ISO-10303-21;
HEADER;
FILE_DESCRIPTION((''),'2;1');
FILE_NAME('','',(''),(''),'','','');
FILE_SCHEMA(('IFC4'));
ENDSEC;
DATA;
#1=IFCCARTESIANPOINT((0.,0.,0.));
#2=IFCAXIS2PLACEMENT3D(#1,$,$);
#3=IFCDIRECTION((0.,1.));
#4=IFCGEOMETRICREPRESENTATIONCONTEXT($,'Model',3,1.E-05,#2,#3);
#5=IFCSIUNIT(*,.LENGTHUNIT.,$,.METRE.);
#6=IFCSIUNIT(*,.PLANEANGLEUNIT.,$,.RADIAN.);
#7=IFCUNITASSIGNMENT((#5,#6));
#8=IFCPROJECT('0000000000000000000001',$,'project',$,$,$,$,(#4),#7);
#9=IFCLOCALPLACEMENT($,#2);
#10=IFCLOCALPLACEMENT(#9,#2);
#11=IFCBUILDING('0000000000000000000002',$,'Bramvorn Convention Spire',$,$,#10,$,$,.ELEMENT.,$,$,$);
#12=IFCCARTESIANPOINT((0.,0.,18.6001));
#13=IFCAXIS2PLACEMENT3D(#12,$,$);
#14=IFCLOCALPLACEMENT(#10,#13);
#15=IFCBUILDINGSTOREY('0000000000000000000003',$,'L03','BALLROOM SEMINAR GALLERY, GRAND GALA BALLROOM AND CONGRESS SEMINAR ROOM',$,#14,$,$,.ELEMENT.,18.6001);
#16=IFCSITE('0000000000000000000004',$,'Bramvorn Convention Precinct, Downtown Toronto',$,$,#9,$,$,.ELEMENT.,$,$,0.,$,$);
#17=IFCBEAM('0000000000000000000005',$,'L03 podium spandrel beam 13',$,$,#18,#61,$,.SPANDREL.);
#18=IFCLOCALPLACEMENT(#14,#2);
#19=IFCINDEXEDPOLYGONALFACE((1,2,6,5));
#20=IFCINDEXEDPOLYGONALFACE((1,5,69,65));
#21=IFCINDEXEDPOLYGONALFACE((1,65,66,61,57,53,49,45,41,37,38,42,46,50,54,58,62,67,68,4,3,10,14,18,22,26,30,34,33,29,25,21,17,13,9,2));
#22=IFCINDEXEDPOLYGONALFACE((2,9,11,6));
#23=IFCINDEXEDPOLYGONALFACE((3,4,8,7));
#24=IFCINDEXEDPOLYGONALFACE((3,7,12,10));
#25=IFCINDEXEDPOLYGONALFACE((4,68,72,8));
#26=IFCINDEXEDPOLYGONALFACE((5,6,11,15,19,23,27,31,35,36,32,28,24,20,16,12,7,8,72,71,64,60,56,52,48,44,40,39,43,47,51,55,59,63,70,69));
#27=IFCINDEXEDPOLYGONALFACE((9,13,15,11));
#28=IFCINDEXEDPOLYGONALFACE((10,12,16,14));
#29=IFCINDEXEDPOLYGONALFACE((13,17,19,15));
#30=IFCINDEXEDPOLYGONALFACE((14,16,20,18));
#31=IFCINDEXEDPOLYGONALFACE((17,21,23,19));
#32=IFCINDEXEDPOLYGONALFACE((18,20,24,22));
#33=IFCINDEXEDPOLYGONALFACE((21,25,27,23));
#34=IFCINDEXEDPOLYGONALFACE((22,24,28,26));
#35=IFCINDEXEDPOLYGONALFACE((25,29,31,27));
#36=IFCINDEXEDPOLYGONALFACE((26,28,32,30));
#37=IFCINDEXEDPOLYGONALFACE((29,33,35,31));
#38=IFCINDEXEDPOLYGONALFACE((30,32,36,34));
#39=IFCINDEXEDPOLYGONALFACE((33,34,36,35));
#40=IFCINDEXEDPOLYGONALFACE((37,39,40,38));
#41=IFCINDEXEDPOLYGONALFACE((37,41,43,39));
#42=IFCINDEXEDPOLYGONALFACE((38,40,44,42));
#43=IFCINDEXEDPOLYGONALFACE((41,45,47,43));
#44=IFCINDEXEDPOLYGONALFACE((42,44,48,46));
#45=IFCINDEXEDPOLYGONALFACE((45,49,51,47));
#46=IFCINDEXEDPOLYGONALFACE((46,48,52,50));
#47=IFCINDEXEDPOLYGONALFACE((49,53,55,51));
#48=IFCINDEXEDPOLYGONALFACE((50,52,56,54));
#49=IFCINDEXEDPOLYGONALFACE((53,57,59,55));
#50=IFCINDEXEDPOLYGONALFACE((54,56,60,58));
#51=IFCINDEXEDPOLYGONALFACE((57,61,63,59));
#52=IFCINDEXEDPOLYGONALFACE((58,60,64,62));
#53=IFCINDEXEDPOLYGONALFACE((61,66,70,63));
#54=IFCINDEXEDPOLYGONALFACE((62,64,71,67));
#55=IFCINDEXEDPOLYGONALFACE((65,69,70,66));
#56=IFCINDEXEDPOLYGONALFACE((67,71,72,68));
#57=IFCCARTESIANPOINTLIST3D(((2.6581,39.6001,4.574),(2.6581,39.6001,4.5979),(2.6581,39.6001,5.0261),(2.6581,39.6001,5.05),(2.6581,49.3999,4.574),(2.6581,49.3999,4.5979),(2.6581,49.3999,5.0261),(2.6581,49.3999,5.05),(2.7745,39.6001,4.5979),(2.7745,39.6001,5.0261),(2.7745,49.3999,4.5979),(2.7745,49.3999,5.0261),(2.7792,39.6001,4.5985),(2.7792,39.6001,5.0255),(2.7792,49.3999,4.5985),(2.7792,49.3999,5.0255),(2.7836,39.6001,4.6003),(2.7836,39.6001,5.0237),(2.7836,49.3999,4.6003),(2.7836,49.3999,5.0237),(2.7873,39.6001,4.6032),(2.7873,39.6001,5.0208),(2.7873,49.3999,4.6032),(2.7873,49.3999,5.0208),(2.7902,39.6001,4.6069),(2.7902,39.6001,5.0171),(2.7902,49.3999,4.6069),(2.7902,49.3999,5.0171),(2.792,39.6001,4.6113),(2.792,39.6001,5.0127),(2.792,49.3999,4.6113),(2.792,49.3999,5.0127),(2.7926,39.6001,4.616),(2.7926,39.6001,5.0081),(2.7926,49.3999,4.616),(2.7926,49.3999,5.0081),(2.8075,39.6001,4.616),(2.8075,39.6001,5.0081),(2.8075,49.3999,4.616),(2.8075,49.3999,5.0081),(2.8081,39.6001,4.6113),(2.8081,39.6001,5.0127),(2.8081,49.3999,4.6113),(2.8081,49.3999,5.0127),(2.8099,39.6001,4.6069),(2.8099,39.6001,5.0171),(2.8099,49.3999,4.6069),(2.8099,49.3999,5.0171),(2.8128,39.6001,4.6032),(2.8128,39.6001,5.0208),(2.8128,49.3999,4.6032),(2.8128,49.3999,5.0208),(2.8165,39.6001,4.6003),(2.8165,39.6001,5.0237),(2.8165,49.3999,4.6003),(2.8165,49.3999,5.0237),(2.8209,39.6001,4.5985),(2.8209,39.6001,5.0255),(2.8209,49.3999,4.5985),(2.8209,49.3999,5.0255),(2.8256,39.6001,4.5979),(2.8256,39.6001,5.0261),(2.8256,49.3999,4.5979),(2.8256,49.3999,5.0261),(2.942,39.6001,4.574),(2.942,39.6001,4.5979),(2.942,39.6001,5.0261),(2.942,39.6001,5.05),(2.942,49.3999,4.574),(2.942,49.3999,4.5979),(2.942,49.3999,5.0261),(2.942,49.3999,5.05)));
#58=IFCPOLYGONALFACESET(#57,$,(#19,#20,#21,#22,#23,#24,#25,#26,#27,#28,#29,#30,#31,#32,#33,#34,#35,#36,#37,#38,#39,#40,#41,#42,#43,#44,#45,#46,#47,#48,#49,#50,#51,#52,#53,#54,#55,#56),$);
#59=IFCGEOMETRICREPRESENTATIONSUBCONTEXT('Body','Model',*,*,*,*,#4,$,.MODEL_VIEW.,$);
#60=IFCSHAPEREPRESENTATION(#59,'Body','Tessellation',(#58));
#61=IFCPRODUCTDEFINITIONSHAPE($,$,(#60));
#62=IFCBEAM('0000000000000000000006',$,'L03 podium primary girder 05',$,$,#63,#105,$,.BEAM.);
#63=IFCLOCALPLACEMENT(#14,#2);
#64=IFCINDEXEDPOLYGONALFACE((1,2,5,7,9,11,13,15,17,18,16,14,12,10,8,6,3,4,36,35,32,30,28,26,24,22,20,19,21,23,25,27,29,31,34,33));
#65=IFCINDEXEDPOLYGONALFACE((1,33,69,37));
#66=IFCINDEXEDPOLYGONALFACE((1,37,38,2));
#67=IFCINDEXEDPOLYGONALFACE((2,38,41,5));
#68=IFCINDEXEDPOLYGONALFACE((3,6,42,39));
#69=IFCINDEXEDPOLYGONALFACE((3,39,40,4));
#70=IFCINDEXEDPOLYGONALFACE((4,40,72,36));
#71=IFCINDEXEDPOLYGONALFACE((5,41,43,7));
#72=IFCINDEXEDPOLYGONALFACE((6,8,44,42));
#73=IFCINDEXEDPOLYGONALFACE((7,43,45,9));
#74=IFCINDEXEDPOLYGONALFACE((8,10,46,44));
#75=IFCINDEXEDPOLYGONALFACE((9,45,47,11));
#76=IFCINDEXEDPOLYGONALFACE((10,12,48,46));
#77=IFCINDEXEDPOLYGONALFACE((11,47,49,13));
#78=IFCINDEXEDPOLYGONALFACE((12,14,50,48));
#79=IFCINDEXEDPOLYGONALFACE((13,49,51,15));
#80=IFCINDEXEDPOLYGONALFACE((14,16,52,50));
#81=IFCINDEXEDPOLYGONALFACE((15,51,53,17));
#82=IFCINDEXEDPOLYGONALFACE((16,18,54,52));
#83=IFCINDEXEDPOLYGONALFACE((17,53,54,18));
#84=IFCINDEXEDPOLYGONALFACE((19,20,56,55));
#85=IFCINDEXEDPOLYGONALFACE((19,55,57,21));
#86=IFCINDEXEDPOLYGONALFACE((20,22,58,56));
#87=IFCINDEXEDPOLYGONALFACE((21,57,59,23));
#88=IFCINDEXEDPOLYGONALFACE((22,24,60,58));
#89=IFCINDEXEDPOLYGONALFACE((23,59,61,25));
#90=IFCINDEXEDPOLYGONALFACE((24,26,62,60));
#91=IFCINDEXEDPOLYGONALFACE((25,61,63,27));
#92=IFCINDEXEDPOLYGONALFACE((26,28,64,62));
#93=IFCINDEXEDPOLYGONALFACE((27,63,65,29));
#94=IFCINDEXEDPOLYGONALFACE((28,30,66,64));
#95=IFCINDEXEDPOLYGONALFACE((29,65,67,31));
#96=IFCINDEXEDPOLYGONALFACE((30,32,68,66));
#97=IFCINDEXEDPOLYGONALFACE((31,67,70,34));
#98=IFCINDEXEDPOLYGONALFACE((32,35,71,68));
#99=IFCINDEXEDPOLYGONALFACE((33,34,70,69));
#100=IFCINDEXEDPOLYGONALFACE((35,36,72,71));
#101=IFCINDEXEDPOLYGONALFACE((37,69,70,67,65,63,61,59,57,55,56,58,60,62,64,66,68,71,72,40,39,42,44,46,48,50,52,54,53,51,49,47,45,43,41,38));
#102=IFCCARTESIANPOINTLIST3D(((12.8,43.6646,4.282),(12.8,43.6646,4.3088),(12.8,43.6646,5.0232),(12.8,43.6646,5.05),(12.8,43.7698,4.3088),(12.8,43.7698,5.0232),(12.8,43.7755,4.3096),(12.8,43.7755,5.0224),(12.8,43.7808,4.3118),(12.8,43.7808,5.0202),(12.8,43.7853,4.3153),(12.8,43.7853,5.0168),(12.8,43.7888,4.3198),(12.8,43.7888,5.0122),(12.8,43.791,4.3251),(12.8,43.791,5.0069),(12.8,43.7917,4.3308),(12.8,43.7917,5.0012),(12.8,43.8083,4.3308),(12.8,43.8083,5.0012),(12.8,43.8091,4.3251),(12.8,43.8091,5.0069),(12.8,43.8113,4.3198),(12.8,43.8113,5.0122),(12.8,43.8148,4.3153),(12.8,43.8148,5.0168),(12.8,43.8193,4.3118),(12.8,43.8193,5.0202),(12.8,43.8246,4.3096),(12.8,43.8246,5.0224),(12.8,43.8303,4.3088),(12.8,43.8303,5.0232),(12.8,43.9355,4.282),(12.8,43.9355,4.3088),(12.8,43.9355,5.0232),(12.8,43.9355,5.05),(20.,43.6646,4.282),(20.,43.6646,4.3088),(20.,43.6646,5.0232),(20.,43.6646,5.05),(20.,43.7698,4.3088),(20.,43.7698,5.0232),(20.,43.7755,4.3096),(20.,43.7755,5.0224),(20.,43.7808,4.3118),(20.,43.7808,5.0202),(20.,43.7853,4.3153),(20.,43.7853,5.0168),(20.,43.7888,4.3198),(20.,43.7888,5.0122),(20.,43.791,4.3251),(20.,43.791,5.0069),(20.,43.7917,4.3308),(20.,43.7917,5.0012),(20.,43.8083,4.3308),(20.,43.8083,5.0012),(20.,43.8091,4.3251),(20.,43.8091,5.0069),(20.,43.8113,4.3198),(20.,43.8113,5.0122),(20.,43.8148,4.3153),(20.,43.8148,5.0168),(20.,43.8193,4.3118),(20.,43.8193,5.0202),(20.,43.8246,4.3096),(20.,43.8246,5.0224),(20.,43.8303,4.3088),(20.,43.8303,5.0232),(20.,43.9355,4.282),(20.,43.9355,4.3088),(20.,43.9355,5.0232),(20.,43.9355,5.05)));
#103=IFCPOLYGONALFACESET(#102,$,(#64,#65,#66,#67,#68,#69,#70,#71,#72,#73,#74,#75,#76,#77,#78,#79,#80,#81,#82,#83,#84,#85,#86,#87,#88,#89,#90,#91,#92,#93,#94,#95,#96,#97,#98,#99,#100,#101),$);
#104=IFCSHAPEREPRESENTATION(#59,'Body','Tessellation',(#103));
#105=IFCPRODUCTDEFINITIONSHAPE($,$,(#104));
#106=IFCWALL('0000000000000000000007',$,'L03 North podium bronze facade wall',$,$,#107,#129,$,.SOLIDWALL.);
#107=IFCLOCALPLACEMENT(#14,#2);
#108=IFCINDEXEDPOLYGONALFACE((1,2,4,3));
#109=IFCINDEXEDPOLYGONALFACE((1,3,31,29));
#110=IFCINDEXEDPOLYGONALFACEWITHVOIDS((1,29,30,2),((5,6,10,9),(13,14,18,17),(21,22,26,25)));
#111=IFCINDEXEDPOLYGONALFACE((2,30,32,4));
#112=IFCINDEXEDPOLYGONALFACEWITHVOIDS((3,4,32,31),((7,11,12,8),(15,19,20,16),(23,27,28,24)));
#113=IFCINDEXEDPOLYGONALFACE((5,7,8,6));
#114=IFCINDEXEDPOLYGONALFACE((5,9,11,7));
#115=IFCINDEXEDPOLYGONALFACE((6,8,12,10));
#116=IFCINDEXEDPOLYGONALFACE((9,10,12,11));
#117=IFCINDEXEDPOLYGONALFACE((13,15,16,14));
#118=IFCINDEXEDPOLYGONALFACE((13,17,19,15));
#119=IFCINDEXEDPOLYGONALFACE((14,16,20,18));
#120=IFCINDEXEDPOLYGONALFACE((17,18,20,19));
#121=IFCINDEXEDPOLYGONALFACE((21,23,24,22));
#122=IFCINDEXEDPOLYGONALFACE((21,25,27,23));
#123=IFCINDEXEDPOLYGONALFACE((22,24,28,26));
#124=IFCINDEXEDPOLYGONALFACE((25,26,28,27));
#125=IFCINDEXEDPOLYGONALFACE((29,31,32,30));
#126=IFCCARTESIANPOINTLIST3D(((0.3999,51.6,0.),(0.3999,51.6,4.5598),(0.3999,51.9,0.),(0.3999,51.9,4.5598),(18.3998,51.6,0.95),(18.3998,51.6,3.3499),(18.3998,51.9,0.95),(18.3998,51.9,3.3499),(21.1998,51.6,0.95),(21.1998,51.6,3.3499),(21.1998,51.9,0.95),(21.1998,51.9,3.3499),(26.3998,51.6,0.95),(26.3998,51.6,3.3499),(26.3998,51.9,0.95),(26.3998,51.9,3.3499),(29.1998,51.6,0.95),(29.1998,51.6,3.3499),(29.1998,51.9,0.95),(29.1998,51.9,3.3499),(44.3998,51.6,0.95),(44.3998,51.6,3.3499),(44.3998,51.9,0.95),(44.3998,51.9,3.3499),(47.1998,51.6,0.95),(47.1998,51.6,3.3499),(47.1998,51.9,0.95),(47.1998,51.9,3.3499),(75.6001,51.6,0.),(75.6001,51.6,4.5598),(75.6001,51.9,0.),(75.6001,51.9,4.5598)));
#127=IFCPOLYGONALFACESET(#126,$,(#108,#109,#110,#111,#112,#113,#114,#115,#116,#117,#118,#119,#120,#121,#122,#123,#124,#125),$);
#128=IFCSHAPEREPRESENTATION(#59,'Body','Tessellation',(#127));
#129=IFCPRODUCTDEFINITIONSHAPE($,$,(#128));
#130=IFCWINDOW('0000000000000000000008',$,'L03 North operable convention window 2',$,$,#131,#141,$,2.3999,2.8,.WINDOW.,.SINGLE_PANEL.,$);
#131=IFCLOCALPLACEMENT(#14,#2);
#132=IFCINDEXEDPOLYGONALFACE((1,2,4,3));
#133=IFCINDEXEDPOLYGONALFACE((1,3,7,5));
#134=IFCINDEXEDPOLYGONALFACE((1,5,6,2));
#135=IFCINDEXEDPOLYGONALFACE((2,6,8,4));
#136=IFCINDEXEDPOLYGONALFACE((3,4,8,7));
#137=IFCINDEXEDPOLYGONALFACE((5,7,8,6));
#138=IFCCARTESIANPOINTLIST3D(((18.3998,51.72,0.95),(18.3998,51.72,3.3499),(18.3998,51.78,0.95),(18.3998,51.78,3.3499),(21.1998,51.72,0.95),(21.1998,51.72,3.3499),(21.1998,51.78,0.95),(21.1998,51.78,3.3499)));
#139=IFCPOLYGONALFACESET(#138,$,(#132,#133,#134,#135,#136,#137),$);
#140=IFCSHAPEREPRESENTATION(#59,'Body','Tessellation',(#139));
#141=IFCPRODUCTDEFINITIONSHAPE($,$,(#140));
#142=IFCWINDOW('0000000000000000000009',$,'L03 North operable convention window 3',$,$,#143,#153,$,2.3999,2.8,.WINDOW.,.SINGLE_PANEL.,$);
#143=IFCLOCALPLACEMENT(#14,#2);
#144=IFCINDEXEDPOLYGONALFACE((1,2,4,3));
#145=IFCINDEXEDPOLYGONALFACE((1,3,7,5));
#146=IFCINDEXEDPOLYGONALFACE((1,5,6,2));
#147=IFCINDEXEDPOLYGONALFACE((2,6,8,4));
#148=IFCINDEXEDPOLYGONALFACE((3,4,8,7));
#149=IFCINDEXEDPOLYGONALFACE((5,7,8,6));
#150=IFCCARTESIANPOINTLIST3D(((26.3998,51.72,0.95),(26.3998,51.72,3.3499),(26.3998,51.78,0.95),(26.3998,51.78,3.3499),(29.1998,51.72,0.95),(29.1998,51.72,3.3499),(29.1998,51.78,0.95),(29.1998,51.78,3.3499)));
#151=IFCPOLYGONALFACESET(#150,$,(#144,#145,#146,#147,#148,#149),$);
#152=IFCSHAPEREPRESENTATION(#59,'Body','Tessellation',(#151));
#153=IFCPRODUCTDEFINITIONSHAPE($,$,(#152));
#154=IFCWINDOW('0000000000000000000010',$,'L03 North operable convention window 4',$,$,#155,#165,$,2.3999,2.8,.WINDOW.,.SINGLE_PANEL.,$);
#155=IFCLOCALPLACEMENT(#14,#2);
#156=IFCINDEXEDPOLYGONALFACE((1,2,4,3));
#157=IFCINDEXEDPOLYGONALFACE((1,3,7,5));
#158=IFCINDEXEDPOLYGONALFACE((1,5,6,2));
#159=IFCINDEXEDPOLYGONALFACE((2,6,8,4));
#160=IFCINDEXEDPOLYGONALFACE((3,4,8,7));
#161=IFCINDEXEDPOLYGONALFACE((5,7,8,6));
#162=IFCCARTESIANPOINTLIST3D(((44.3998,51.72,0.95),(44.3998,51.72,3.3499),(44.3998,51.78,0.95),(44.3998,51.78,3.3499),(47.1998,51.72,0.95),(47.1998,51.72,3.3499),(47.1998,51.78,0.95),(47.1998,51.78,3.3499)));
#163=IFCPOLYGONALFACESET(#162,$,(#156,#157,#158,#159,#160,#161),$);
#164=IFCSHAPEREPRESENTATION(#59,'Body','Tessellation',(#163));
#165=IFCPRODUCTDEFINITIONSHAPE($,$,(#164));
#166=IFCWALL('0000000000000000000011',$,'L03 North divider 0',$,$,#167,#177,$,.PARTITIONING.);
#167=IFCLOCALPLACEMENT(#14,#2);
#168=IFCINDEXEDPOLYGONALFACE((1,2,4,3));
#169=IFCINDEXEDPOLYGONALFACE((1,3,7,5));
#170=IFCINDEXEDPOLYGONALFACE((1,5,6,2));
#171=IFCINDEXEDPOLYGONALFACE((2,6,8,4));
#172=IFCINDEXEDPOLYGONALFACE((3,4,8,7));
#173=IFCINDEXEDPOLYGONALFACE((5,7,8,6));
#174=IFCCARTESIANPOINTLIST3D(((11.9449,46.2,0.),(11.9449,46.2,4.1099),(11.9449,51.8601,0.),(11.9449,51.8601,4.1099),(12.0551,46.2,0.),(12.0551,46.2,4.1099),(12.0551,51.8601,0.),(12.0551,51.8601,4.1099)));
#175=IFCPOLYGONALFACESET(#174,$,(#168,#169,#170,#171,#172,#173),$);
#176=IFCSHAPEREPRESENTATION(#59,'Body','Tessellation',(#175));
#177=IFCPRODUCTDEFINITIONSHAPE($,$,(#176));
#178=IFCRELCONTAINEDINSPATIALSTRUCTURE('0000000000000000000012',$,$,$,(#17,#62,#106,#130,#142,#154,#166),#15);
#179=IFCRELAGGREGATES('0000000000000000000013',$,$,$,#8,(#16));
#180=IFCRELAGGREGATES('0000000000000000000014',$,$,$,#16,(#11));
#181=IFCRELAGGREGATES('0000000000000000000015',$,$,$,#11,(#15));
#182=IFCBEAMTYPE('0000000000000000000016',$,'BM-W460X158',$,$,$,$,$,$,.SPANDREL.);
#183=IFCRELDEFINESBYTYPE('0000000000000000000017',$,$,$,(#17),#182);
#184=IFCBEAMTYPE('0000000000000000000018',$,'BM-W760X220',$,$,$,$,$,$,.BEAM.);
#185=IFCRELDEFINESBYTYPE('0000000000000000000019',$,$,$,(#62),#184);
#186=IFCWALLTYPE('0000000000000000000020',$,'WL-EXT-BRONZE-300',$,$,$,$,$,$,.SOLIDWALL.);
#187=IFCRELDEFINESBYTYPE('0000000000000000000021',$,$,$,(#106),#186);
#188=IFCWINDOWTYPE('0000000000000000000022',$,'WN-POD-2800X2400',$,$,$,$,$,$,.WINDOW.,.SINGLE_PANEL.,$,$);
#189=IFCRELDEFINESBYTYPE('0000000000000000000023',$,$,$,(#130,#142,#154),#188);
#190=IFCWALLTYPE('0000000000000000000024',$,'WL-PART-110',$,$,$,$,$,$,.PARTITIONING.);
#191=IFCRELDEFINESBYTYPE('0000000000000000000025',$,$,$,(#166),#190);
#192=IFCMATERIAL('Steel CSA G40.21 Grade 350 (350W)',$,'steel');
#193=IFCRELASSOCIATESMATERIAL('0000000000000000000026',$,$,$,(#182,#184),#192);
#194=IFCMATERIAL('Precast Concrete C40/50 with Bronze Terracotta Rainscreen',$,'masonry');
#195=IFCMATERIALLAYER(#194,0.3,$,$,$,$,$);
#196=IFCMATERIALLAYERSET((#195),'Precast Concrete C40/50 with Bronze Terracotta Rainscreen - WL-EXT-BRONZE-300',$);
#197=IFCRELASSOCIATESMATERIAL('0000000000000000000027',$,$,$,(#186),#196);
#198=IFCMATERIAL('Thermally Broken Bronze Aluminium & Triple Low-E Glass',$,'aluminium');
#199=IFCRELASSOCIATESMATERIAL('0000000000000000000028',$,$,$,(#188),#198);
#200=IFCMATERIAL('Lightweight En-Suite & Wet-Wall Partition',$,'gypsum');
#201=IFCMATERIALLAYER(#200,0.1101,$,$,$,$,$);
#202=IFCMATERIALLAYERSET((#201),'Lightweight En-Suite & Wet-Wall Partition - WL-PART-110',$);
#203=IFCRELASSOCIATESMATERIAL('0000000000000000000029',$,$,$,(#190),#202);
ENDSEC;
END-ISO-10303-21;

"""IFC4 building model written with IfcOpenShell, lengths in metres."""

from ifc_helpers import new_model, si_unit, direction, frame, frame_2d, origin, origin_2d, place, context, subcontext, project, spatial, rectangle, i_section, extrude, material, layer, layer_set, material_profile, profile_set, type_object, element, fill, save


model = new_model("IFC4")

# Units and contexts
model_context = context("Model", 3, precision=1e-05, world=origin(), true_north=direction((0.0, 1.0)))
body_context = subcontext(model_context, "Body", "Model", "MODEL_VIEW")
ifc_project = project(units=[si_unit("LENGTHUNIT", "METRE"), si_unit("PLANEANGLEUNIT", "RADIAN")], contexts=[model_context])

# Site, building, storey
site_placement = place(None, origin())
site = spatial("IfcSite", under=ifc_project, at=site_placement, Name="Bramvorn Convention Precinct, Downtown Toronto", CompositionType="ELEMENT", RefElevation=0.0)
building_placement = place(site_placement, origin())
building = spatial("IfcBuilding", under=site, at=building_placement, Name="Bramvorn Convention Spire", CompositionType="ELEMENT")
storey_placement = place(building_placement, frame((0.0, 0.0, 18.6001)))
storey = spatial("IfcBuildingStorey", under=building, at=storey_placement, Name="L03", Description="BALLROOM SEMINAR GALLERY, GRAND GALA BALLROOM AND CONGRESS SEMINAR ROOM", CompositionType="ELEMENT", Elevation=18.6001)

# Shared definitions
ifc_material_1 = material(Name="Steel CSA G40.21 Grade 350 (350W)", Category="steel")

# Beams
ifc_material_profile_1 = material_profile(ifc_material_1, i_section(OverallWidth=0.2839, OverallDepth=0.4761, WebThickness=0.0149, FlangeThickness=0.0239, FilletRadius=0.0181, at=origin_2d()))
ifc_profile_set_1 = profile_set([ifc_material_profile_1], Name="Steel CSA G40.21 Grade 350 (350W) - W460X158")
beam_type_1 = type_object("IfcBeamType", Name="BM-W460X158", PredefinedType="SPANDREL", material=ifc_profile_set_1)
beam_1_placement = place(storey_placement, frame((2.8, 49.3999, 4.812), z_axis=(0.0, -1.0, 0.0), x_axis=(1.0, 0.0, 0.0)))
element("IfcBeam", 1, at=beam_1_placement, inside=storey, type_object=beam_type_1, Name="L03 podium spandrel beam 13", PredefinedType="SPANDREL", context=body_context, shape_type="SweptSolid", body=[
    extrude(i_section(OverallWidth=0.2839, OverallDepth=0.4761, WebThickness=0.0149, FlangeThickness=0.0239, FilletRadius=0.0181, at=origin_2d()), origin(), (0.0, 0.0, 1.0), 9.7998),
])
ifc_material_profile_2 = material_profile(ifc_material_1, i_section(OverallWidth=0.271, OverallDepth=0.7681, WebThickness=0.0166, FlangeThickness=0.0269, FilletRadius=0.022, at=origin_2d()))
ifc_profile_set_2 = profile_set([ifc_material_profile_2], Name="Steel CSA G40.21 Grade 350 (350W) - W760X220")
beam_type_2 = type_object("IfcBeamType", Name="BM-W760X220", PredefinedType="BEAM", material=ifc_profile_set_2)
beam_2_placement = place(storey_placement, frame((12.8, 43.8, 4.666), z_axis=(1.0, 0.0, 0.0), x_axis=(0.0, 1.0, 0.0)))
element("IfcBeam", 2, at=beam_2_placement, inside=storey, type_object=beam_type_2, Name="L03 podium primary girder 05", PredefinedType="BEAM", context=body_context, shape_type="SweptSolid", body=[
    extrude(i_section(OverallWidth=0.271, OverallDepth=0.7681, WebThickness=0.0166, FlangeThickness=0.0269, FilletRadius=0.022, at=origin_2d()), origin(), (0.0, 0.0, 1.0), 7.2),
])

# Wall, openings, windows
ifc_material_2 = material(Name="Precast Concrete C40/50 with Bronze Terracotta Rainscreen", Category="masonry")
ifc_layer_1 = layer(ifc_material_2, 0.3)
ifc_layer_set_1 = layer_set([ifc_layer_1], Name="Precast Concrete C40/50 with Bronze Terracotta Rainscreen - WL-EXT-BRONZE-300")
wall_type_1 = type_object("IfcWallType", Name="WL-EXT-BRONZE-300", PredefinedType="SOLIDWALL", material=ifc_layer_set_1)
wall_1_placement = place(storey_placement, frame((0.3999, 51.75, 0.0), z_axis=(0.0, 0.0, 1.0), x_axis=(1.0, 0.0, 0.0)))
wall_1 = element("IfcWall", 3, at=wall_1_placement, inside=storey, type_object=wall_type_1, Name="L03 North podium bronze facade wall", PredefinedType="SOLIDWALL", context=body_context, shape_type="SweptSolid", body=[
    extrude(rectangle(XDim=75.2002, YDim=0.3, at=frame_2d((37.6001, 0.0))), origin(), (0.0, 0.0, 1.0), 4.5598),
])
opening_1_placement = place(wall_1_placement, frame((18.0, 0.0, 0.95)))
opening_1 = element("IfcOpeningElement", 4, at=opening_1_placement, cuts=wall_1, PredefinedType="OPENING", context=body_context, shape_type="SweptSolid", body=[
    extrude(rectangle(XDim=2.8, YDim=2.3999, at=frame_2d((1.3999, 1.2))), frame((0.0, 0.1599, 0.0), z_axis=(0.0, -1.0, 0.0), x_axis=(1.0, 0.0, 0.0)), (0.0, 0.0, 1.0), 0.3201),
])
opening_2_placement = place(wall_1_placement, frame((26.0, 0.0, 0.95)))
opening_2 = element("IfcOpeningElement", 5, at=opening_2_placement, cuts=wall_1, PredefinedType="OPENING", context=body_context, shape_type="SweptSolid", body=[
    extrude(rectangle(XDim=2.8, YDim=2.3999, at=frame_2d((1.3999, 1.2))), frame((0.0, 0.1599, 0.0), z_axis=(0.0, -1.0, 0.0), x_axis=(1.0, 0.0, 0.0)), (0.0, 0.0, 1.0), 0.3201),
])
opening_3_placement = place(wall_1_placement, frame((44.0, 0.0, 0.95)))
opening_3 = element("IfcOpeningElement", 6, at=opening_3_placement, cuts=wall_1, PredefinedType="OPENING", context=body_context, shape_type="SweptSolid", body=[
    extrude(rectangle(XDim=2.8, YDim=2.3999, at=frame_2d((1.3999, 1.2))), frame((0.0, 0.1599, 0.0), z_axis=(0.0, -1.0, 0.0), x_axis=(1.0, 0.0, 0.0)), (0.0, 0.0, 1.0), 0.3201),
])
ifc_material_3 = material(Name="Thermally Broken Bronze Aluminium & Triple Low-E Glass", Category="aluminium")
window_type = type_object("IfcWindowType", Name="WN-POD-2800X2400", PartitioningType="SINGLE_PANEL", PredefinedType="WINDOW", material=ifc_material_3)
window_1_placement = place(opening_1_placement, origin())
window_1 = element("IfcWindow", 7, at=window_1_placement, inside=storey, type_object=window_type, Name="L03 North operable convention window 2", OverallHeight=2.3999, OverallWidth=2.8, PartitioningType="SINGLE_PANEL", PredefinedType="WINDOW", context=body_context, shape_type="SweptSolid", body=[
    extrude(rectangle(XDim=2.8, YDim=2.3999, at=frame_2d((1.3999, 1.2))), frame((0.0, 0.03, 0.0), z_axis=(0.0, -1.0, 0.0), x_axis=(1.0, 0.0, 0.0)), (0.0, 0.0, 1.0), 0.0601),
])
fill(opening_1, window_1)
window_2_placement = place(opening_2_placement, origin())
window_2 = element("IfcWindow", 8, at=window_2_placement, inside=storey, type_object=window_type, Name="L03 North operable convention window 3", OverallHeight=2.3999, OverallWidth=2.8, PartitioningType="SINGLE_PANEL", PredefinedType="WINDOW", context=body_context, shape_type="SweptSolid", body=[
    extrude(rectangle(XDim=2.8, YDim=2.3999, at=frame_2d((1.3999, 1.2))), frame((0.0, 0.03, 0.0), z_axis=(0.0, -1.0, 0.0), x_axis=(1.0, 0.0, 0.0)), (0.0, 0.0, 1.0), 0.0601),
])
fill(opening_2, window_2)
window_3_placement = place(opening_3_placement, origin())
window_3 = element("IfcWindow", 9, at=window_3_placement, inside=storey, type_object=window_type, Name="L03 North operable convention window 4", OverallHeight=2.3999, OverallWidth=2.8, PartitioningType="SINGLE_PANEL", PredefinedType="WINDOW", context=body_context, shape_type="SweptSolid", body=[
    extrude(rectangle(XDim=2.8, YDim=2.3999, at=frame_2d((1.3999, 1.2))), frame((0.0, 0.03, 0.0), z_axis=(0.0, -1.0, 0.0), x_axis=(1.0, 0.0, 0.0)), (0.0, 0.0, 1.0), 0.0601),
])
fill(opening_3, window_3)

# Wall
ifc_material_4 = material(Name="Lightweight En-Suite & Wet-Wall Partition", Category="gypsum")
ifc_layer_2 = layer(ifc_material_4, 0.1101)
ifc_layer_set_2 = layer_set([ifc_layer_2], Name="Lightweight En-Suite & Wet-Wall Partition - WL-PART-110")
wall_type_2 = type_object("IfcWallType", Name="WL-PART-110", PredefinedType="PARTITIONING", material=ifc_layer_set_2)
wall_2_placement = place(storey_placement, frame((12.0, 46.2, 0.0), z_axis=(0.0, 0.0, 1.0), x_axis=(0.0, 1.0, 0.0)))
element("IfcWall", 10, at=wall_2_placement, inside=storey, type_object=wall_type_2, Name="L03 North divider 0", PredefinedType="PARTITIONING", context=body_context, shape_type="SweptSolid", body=[
    extrude(rectangle(XDim=5.6602, YDim=0.1101, at=frame_2d((2.8301, 0.0))), origin(), (0.0, 0.0, 1.0), 4.1099),
])

save(model, "model.ifc")
